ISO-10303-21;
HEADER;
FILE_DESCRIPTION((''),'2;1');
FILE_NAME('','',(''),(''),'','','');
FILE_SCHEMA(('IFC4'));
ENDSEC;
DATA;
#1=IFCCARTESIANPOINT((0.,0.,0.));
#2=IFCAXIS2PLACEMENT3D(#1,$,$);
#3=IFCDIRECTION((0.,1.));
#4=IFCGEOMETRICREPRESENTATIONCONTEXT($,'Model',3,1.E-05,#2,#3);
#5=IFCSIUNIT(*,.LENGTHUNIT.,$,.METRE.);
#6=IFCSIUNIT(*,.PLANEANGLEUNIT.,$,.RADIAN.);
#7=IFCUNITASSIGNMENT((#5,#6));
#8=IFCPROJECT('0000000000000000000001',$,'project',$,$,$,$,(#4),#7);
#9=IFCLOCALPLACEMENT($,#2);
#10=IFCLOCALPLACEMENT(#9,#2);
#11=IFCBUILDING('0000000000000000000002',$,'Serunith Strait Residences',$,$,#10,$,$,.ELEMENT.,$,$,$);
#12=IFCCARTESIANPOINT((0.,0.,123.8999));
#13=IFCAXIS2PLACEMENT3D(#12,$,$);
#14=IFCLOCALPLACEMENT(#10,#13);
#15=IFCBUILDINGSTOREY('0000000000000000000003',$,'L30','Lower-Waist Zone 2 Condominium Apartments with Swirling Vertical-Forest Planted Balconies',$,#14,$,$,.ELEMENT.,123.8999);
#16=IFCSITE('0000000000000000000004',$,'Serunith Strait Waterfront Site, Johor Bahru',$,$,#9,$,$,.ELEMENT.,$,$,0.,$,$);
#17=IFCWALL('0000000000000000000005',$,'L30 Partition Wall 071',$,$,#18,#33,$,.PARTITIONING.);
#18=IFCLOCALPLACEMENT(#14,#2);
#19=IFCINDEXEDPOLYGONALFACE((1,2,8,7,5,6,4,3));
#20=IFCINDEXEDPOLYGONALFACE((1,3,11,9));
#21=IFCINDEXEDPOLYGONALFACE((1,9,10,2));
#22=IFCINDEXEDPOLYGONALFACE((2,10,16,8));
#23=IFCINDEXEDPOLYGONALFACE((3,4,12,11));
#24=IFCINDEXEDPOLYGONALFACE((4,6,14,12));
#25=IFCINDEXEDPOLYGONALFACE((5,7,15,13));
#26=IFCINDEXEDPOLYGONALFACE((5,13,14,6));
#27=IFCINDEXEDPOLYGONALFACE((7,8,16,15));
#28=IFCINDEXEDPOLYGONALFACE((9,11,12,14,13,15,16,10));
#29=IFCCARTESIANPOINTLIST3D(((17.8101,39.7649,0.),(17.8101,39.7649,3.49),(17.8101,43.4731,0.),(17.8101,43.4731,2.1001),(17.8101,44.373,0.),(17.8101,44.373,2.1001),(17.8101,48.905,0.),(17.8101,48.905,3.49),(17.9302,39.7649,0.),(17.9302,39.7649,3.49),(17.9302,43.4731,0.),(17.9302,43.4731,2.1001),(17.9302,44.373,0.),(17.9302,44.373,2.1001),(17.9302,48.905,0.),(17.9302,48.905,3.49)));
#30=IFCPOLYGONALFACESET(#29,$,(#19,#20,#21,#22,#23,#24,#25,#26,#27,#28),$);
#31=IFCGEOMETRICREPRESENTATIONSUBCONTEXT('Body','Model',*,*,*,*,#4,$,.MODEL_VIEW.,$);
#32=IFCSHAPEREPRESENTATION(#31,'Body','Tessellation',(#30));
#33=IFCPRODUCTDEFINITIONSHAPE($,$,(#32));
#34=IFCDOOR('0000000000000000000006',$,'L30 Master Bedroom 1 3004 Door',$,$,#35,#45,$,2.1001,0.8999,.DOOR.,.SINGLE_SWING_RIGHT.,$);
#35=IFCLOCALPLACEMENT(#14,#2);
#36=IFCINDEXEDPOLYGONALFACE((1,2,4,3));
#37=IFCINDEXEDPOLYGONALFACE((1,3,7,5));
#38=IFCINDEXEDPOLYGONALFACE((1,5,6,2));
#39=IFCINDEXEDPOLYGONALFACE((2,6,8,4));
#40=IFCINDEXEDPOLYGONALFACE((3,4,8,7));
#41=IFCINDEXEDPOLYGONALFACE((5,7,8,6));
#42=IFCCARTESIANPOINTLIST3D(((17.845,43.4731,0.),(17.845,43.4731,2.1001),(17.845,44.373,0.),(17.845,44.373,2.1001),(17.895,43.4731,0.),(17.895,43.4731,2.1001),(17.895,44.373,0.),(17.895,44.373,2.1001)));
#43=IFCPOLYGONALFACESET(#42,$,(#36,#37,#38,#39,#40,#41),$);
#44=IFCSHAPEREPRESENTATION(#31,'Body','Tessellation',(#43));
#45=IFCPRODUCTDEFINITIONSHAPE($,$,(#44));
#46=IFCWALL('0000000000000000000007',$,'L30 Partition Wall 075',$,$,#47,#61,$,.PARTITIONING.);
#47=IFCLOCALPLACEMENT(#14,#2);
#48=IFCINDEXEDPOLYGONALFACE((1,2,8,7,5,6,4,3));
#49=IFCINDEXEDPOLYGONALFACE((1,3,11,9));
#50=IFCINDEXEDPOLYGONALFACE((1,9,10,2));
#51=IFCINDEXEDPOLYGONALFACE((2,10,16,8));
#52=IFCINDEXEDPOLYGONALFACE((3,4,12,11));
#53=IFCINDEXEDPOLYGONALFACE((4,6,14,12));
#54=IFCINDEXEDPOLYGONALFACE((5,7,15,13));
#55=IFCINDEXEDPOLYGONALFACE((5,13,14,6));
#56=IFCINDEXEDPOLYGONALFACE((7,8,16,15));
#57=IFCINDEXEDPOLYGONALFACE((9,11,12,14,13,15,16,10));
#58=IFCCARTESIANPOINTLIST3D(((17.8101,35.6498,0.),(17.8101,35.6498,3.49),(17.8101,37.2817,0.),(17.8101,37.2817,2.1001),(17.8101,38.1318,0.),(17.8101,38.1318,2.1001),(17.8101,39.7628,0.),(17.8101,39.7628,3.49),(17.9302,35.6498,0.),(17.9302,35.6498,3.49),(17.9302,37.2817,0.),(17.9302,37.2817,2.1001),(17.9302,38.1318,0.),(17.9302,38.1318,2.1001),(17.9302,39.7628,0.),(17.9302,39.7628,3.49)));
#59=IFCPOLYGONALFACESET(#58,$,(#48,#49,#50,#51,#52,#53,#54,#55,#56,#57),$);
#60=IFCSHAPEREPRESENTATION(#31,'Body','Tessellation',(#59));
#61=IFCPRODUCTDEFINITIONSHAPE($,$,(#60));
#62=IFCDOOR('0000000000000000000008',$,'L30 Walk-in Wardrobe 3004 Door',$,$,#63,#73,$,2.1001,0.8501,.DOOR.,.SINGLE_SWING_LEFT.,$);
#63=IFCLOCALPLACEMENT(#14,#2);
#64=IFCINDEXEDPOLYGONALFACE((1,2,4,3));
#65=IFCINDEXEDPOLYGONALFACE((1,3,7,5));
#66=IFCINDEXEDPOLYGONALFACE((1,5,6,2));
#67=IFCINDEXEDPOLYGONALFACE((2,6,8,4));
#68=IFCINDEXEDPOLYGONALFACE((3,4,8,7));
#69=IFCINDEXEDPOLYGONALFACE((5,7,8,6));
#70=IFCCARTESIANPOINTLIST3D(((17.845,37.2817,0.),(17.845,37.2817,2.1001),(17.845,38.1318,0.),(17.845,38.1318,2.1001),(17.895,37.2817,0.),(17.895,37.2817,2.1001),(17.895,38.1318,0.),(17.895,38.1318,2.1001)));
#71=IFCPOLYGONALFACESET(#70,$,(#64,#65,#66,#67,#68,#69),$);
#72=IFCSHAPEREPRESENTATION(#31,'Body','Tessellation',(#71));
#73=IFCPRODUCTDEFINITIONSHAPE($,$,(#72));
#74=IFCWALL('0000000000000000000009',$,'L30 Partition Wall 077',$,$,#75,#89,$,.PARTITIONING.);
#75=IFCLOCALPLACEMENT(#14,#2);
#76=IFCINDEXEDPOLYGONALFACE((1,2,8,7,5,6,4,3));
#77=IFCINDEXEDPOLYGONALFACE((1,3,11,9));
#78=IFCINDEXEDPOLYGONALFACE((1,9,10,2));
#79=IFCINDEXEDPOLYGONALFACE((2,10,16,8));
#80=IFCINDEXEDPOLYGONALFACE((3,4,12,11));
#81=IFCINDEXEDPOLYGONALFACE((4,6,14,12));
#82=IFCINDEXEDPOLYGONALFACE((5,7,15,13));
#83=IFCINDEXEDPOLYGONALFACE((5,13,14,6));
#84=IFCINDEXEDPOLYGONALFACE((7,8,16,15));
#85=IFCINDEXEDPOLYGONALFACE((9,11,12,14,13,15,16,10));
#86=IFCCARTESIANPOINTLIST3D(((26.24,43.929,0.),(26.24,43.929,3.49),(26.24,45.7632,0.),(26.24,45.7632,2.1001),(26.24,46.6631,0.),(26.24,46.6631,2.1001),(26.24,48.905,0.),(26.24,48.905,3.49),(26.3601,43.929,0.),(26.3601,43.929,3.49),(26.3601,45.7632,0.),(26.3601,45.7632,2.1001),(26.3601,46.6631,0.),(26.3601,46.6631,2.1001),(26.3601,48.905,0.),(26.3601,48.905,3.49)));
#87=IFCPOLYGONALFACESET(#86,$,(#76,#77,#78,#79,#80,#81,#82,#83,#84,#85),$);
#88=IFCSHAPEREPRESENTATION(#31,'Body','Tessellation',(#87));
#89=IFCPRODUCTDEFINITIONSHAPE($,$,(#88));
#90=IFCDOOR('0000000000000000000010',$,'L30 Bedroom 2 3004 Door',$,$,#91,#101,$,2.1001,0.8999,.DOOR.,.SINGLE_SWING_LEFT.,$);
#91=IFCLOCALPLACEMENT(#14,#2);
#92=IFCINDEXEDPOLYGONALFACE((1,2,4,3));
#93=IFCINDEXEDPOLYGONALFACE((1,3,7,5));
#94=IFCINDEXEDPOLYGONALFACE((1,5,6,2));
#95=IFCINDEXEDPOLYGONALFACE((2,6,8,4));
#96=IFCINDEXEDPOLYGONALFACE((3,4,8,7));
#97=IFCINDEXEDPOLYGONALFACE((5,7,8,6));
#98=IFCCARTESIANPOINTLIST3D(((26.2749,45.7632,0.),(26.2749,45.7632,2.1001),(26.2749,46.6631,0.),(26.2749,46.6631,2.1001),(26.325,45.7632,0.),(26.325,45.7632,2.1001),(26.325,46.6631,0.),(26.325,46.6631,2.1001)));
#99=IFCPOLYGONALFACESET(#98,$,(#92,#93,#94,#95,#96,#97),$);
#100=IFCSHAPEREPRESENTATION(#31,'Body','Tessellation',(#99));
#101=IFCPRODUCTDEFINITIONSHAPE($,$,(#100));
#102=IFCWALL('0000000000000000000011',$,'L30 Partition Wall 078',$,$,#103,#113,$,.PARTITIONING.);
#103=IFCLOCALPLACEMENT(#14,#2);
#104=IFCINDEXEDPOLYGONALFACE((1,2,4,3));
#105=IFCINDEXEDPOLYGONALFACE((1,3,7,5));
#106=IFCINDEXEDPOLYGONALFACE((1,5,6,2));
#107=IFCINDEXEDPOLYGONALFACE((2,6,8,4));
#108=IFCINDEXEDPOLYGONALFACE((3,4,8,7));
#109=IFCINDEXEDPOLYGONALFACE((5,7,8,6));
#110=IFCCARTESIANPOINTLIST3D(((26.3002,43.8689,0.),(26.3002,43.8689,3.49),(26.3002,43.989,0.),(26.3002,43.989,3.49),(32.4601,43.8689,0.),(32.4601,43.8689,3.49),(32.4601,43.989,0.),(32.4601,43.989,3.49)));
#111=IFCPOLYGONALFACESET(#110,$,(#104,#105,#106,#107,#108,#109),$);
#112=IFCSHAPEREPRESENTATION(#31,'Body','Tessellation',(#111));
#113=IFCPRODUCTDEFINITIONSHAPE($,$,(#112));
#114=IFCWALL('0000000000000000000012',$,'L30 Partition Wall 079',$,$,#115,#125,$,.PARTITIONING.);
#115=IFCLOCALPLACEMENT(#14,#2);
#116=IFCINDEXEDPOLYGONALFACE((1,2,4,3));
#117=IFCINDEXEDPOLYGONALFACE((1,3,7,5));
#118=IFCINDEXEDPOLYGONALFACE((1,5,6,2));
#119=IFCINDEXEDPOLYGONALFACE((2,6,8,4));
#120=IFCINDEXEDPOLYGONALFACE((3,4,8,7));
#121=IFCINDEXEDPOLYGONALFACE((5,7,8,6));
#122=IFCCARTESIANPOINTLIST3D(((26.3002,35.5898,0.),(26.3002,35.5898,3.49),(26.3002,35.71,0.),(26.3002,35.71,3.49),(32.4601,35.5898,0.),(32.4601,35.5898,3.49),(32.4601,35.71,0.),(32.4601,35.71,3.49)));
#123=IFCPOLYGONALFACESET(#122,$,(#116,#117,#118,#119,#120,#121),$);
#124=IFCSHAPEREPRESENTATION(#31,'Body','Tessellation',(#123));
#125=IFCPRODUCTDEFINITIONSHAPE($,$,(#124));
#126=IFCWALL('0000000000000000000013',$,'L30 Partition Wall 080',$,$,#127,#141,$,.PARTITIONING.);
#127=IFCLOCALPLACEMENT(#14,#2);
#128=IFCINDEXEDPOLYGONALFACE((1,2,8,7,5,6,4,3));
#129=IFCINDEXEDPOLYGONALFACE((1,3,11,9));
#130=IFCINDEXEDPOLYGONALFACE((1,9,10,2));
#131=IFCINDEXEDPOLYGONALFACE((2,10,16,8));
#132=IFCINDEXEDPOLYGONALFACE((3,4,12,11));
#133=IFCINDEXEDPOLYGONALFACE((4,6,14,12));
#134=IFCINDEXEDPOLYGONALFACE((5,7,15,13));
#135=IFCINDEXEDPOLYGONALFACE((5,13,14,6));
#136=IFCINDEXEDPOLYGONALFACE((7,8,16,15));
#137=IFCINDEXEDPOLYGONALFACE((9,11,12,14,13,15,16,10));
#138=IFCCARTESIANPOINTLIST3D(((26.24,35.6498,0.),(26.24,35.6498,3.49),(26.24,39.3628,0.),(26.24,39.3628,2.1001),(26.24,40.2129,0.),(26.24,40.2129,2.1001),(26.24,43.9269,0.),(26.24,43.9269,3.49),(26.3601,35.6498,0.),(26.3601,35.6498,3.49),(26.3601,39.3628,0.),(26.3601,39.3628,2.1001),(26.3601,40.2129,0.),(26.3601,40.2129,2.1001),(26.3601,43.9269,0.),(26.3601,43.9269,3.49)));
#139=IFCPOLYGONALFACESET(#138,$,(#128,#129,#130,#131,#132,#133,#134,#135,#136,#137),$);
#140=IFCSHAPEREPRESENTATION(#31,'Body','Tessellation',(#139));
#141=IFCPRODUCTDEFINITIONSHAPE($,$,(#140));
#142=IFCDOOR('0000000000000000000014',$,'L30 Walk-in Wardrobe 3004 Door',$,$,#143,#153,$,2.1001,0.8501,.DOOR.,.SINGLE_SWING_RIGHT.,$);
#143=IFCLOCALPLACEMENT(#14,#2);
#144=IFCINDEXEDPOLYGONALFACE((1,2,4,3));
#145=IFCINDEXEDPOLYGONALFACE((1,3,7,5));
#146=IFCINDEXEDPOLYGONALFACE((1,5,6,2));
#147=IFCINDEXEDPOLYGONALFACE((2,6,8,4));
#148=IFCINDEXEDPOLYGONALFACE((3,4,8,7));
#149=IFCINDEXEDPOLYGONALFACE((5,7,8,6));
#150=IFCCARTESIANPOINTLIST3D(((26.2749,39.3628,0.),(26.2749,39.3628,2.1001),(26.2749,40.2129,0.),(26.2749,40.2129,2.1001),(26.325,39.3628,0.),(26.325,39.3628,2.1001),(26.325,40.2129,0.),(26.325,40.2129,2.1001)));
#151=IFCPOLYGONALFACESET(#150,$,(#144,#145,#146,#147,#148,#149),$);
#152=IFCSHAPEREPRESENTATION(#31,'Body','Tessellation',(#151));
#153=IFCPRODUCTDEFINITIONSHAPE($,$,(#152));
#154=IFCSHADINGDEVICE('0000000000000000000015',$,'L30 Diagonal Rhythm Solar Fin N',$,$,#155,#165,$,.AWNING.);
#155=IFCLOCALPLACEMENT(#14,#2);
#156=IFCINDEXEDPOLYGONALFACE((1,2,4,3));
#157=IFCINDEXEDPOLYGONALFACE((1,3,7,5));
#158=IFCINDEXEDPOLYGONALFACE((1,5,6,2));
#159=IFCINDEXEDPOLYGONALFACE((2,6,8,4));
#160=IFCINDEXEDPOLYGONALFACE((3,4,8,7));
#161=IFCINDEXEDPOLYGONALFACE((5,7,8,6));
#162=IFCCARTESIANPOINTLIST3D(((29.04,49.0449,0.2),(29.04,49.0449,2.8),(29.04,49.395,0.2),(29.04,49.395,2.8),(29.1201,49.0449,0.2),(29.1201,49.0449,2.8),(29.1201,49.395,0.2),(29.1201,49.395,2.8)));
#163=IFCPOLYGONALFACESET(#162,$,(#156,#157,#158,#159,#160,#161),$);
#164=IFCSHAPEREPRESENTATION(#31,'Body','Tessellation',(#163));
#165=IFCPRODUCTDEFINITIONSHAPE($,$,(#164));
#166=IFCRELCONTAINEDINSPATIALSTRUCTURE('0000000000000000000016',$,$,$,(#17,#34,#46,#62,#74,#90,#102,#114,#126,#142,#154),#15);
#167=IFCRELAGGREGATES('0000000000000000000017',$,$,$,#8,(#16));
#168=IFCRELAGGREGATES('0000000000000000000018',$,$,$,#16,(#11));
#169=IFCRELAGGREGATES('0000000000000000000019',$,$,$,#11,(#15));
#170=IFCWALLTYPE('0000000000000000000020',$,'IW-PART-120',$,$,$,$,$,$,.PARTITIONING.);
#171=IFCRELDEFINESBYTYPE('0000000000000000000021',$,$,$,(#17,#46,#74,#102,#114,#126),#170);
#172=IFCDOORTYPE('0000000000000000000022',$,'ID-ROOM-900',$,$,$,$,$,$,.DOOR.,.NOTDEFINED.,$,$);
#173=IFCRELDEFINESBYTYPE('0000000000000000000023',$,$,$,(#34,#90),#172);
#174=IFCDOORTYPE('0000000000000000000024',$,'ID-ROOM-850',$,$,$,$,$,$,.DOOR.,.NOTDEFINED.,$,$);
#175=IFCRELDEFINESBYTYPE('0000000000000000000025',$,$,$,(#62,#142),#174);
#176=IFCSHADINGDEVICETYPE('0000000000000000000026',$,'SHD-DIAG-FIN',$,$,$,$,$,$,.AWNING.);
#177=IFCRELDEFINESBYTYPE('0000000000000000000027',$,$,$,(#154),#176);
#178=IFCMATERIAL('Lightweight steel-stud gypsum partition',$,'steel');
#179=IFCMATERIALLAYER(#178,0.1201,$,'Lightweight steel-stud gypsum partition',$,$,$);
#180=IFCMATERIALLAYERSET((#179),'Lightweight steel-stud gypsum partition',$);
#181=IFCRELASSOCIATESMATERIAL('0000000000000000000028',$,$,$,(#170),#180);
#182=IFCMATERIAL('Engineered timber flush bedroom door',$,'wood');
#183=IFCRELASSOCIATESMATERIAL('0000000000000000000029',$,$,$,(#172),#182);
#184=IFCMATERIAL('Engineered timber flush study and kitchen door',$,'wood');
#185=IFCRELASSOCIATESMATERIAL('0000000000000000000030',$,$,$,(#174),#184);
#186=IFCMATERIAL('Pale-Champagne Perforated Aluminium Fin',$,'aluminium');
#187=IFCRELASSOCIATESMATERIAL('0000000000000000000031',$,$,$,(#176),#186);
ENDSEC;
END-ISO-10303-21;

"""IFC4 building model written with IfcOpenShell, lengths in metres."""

from ifc_helpers import new_model, si_unit, direction, frame, frame_2d, origin, origin_2d, place, context, subcontext, project, spatial, rectangle, extrude, source, transform, mapped, material, layer, layer_set, type_object, element, fill, save


model = new_model("IFC4")

# Units and contexts
model_context = context("Model", 3, precision=1e-05, world=origin(), true_north=direction((0.0, 1.0)))
body_context = subcontext(model_context, "Body", "Model", "MODEL_VIEW")
ifc_project = project(units=[si_unit("LENGTHUNIT", "METRE"), si_unit("PLANEANGLEUNIT", "RADIAN")], contexts=[model_context])

# Site, building, storey
site_placement = place(None, origin())
site = spatial("IfcSite", under=ifc_project, at=site_placement, Name="Serunith Strait Waterfront Site, Johor Bahru", CompositionType="ELEMENT", RefElevation=0.0)
building_placement = place(site_placement, origin())
building = spatial("IfcBuilding", under=site, at=building_placement, Name="Serunith Strait Residences", CompositionType="ELEMENT")
storey_placement = place(building_placement, frame((0.0, 0.0, 123.8999)))
storey = spatial("IfcBuildingStorey", under=building, at=storey_placement, Name="L30", Description="Lower-Waist Zone 2 Condominium Apartments with Swirling Vertical-Forest Planted Balconies", CompositionType="ELEMENT", Elevation=123.8999)

# Shared definitions
ifc_material_1 = material(Name="Lightweight steel-stud gypsum partition", Category="steel")
ifc_layer_1 = layer(ifc_material_1, 0.1201, Name="Lightweight steel-stud gypsum partition")
ifc_layer_set_1 = layer_set([ifc_layer_1], Name="Lightweight steel-stud gypsum partition")
wall_type = type_object("IfcWallType", Name="IW-PART-120", PredefinedType="PARTITIONING", material=ifc_layer_set_1)

# Walls, openings, doors
wall_1_placement = place(storey_placement, frame((17.8701, 48.905, 0.0), z_axis=(0.0, 0.0, 1.0), x_axis=(0.0, -1.0, 0.0)))
wall_1 = element("IfcWall", 1, at=wall_1_placement, inside=storey, type_object=wall_type, Name="L30 Partition Wall 071", PredefinedType="PARTITIONING", context=body_context, shape_type="SweptSolid", body=[
    extrude(rectangle(XDim=9.1401, YDim=0.1201, at=frame_2d((4.5701, 0.0))), origin(), (0.0, 0.0, 1.0), 3.49),
])
opening_1_placement = place(wall_1_placement, frame((4.532, 0.0, 0.0)))
opening_1 = element("IfcOpeningElement", 2, at=opening_1_placement, cuts=wall_1, PredefinedType="OPENING", context=body_context, shape_type="SweptSolid", body=[
    extrude(rectangle(XDim=0.8999, YDim=2.1001, at=frame_2d((0.45, 1.05))), frame((0.0, 0.0701, 0.0), z_axis=(0.0, -1.0, 0.0), x_axis=(1.0, 0.0, 0.0)), (0.0, 0.0, 1.0), 0.1401),
])
ifc_material_2 = material(Name="Engineered timber flush bedroom door", Category="wood")
door_type_1 = type_object("IfcDoorType", Name="ID-ROOM-900", OperationType="NOTDEFINED", PredefinedType="DOOR", material=ifc_material_2)
shared_shape_1 = source(origin(), body_context, "Body", "SweptSolid", [
    extrude(rectangle(XDim=0.8999, YDim=2.1001, at=frame_2d((0.45, 1.05))), frame((0.0, 0.0249, 0.0), z_axis=(0.0, -1.0, 0.0), x_axis=(1.0, 0.0, 0.0)), (0.0, 0.0, 1.0), 0.05),
])
door_1_placement = place(opening_1_placement, origin())
door_1 = element("IfcDoor", 3, at=door_1_placement, inside=storey, type_object=door_type_1, Name="L30 Master Bedroom 1 3004 Door", OperationType="SINGLE_SWING_RIGHT", OverallHeight=2.1001, OverallWidth=0.8999, PredefinedType="DOOR", context=body_context, shape_type="MappedRepresentation", body=[
    mapped(shared_shape_1, transform((0.0, 0.0, 0.0), scale=1.0)),
])
fill(opening_1, door_1)
wall_2_placement = place(storey_placement, frame((17.8701, 39.7629, 0.0), z_axis=(0.0, 0.0, 1.0), x_axis=(0.0, -1.0, 0.0)))
wall_2 = element("IfcWall", 4, at=wall_2_placement, inside=storey, type_object=wall_type, Name="L30 Partition Wall 075", PredefinedType="PARTITIONING", context=body_context, shape_type="SweptSolid", body=[
    extrude(rectangle(XDim=4.113, YDim=0.1201, at=frame_2d((2.0566, 0.0))), origin(), (0.0, 0.0, 1.0), 3.49),
])
opening_2_placement = place(wall_2_placement, frame((1.6311, 0.0, 0.0)))
opening_2 = element("IfcOpeningElement", 5, at=opening_2_placement, cuts=wall_2, PredefinedType="OPENING", context=body_context, shape_type="SweptSolid", body=[
    extrude(rectangle(XDim=0.8501, YDim=2.1001, at=frame_2d((0.425, 1.05))), frame((0.0, 0.0701, 0.0), z_axis=(0.0, -1.0, 0.0), x_axis=(1.0, 0.0, 0.0)), (0.0, 0.0, 1.0), 0.1401),
])
ifc_material_3 = material(Name="Engineered timber flush study and kitchen door", Category="wood")
door_type_2 = type_object("IfcDoorType", Name="ID-ROOM-850", OperationType="NOTDEFINED", PredefinedType="DOOR", material=ifc_material_3)
shared_shape_2 = source(origin(), body_context, "Body", "SweptSolid", [
    extrude(rectangle(XDim=0.8501, YDim=2.1001, at=frame_2d((0.425, 1.05))), frame((0.0, 0.0249, 0.0), z_axis=(0.0, -1.0, 0.0), x_axis=(1.0, 0.0, 0.0)), (0.0, 0.0, 1.0), 0.05),
])
door_2_placement = place(opening_2_placement, origin())
door_2 = element("IfcDoor", 6, at=door_2_placement, inside=storey, type_object=door_type_2, Name="L30 Walk-in Wardrobe 3004 Door", OperationType="SINGLE_SWING_LEFT", OverallHeight=2.1001, OverallWidth=0.8501, PredefinedType="DOOR", context=body_context, shape_type="MappedRepresentation", body=[
    mapped(shared_shape_2, transform((0.0, 0.0, 0.0), scale=1.0)),
])
fill(opening_2, door_2)
wall_3_placement = place(storey_placement, frame((26.3, 48.905, 0.0), z_axis=(0.0, 0.0, 1.0), x_axis=(0.0, -1.0, 0.0)))
wall_3 = element("IfcWall", 7, at=wall_3_placement, inside=storey, type_object=wall_type, Name="L30 Partition Wall 077", PredefinedType="PARTITIONING", context=body_context, shape_type="SweptSolid", body=[
    extrude(rectangle(XDim=4.9761, YDim=0.1201, at=frame_2d((2.488, 0.0))), origin(), (0.0, 0.0, 1.0), 3.49),
])
opening_3_placement = place(wall_3_placement, frame((2.2419, 0.0, 0.0)))
opening_3 = element("IfcOpeningElement", 8, at=opening_3_placement, cuts=wall_3, PredefinedType="OPENING", context=body_context, shape_type="SweptSolid", body=[
    extrude(rectangle(XDim=0.8999, YDim=2.1001, at=frame_2d((0.45, 1.05))), frame((0.0, 0.0701, 0.0), z_axis=(0.0, -1.0, 0.0), x_axis=(1.0, 0.0, 0.0)), (0.0, 0.0, 1.0), 0.1401),
])
door_3_placement = place(opening_3_placement, origin())
door_3 = element("IfcDoor", 9, at=door_3_placement, inside=storey, type_object=door_type_1, Name="L30 Bedroom 2 3004 Door", OperationType="SINGLE_SWING_LEFT", OverallHeight=2.1001, OverallWidth=0.8999, PredefinedType="DOOR", context=body_context, shape_type="MappedRepresentation", body=[
    mapped(shared_shape_1, transform((0.0, 0.0, 0.0), scale=1.0)),
])
fill(opening_3, door_3)

# Walls
for number, where, z_axis, x_axis, name in (
    (10, (26.3, 43.929, 0.0), (0.0, 0.0, 1.0), (1.0, 0.0, 0.0), "L30 Partition Wall 078"),
    (11, (26.3, 35.6499, 0.0), (0.0, 0.0, 1.0), (1.0, 0.0, 0.0), "L30 Partition Wall 079"),
):
    element("IfcWall", number, at=place(storey_placement, frame(where, z_axis=z_axis, x_axis=x_axis)), inside=storey, type_object=wall_type, Name=name, PredefinedType="PARTITIONING", context=body_context, shape_type="SweptSolid", body=[
        extrude(rectangle(XDim=6.1599, YDim=0.1201, at=frame_2d((3.0801, 0.0))), origin(), (0.0, 0.0, 1.0), 3.49),
    ])

# Wall, opening, door
wall_4_placement = place(storey_placement, frame((26.3, 43.927, 0.0), z_axis=(0.0, 0.0, 1.0), x_axis=(0.0, -1.0, 0.0)))
wall_4 = element("IfcWall", 12, at=wall_4_placement, inside=storey, type_object=wall_type, Name="L30 Partition Wall 080", PredefinedType="PARTITIONING", context=body_context, shape_type="SweptSolid", body=[
    extrude(rectangle(XDim=8.2771, YDim=0.1201, at=frame_2d((4.1387, 0.0))), origin(), (0.0, 0.0, 1.0), 3.49),
])
opening_4_placement = place(wall_4_placement, frame((3.7141, 0.0, 0.0)))
opening_4 = element("IfcOpeningElement", 13, at=opening_4_placement, cuts=wall_4, PredefinedType="OPENING", context=body_context, shape_type="SweptSolid", body=[
    extrude(rectangle(XDim=0.8501, YDim=2.1001, at=frame_2d((0.425, 1.05))), frame((0.0, 0.0701, 0.0), z_axis=(0.0, -1.0, 0.0), x_axis=(1.0, 0.0, 0.0)), (0.0, 0.0, 1.0), 0.1401),
])
door_4_placement = place(opening_4_placement, origin())
door_4 = element("IfcDoor", 14, at=door_4_placement, inside=storey, type_object=door_type_2, Name="L30 Walk-in Wardrobe 3004 Door", OperationType="SINGLE_SWING_RIGHT", OverallHeight=2.1001, OverallWidth=0.8501, PredefinedType="DOOR", context=body_context, shape_type="MappedRepresentation", body=[
    mapped(shared_shape_2, transform((0.0, 0.0, 0.0), scale=1.0)),
])
fill(opening_4, door_4)

# Shading device
ifc_material_4 = material(Name="Pale-Champagne Perforated Aluminium Fin", Category="aluminium")
shading_device_type = type_object("IfcShadingDeviceType", Name="SHD-DIAG-FIN", PredefinedType="AWNING", material=ifc_material_4)
shared_shape_3 = source(origin(), body_context, "Body", "SweptSolid", [
    extrude(rectangle(XDim=0.0801, YDim=0.3501, at=origin_2d()), origin(), (0.0, 0.0, 1.0), 2.6001),
])
shading_device_placement = place(storey_placement, frame((29.0801, 49.22, 0.2), z_axis=(0.0, 0.0, 1.0), x_axis=(1.0, 0.0, 0.0)))
element("IfcShadingDevice", 15, at=shading_device_placement, inside=storey, type_object=shading_device_type, Name="L30 Diagonal Rhythm Solar Fin N", PredefinedType="AWNING", context=body_context, shape_type="MappedRepresentation", body=[
    mapped(shared_shape_3, transform((0.0, 0.0, 0.0), scale=1.0)),
])

save(model, "model.ifc")
